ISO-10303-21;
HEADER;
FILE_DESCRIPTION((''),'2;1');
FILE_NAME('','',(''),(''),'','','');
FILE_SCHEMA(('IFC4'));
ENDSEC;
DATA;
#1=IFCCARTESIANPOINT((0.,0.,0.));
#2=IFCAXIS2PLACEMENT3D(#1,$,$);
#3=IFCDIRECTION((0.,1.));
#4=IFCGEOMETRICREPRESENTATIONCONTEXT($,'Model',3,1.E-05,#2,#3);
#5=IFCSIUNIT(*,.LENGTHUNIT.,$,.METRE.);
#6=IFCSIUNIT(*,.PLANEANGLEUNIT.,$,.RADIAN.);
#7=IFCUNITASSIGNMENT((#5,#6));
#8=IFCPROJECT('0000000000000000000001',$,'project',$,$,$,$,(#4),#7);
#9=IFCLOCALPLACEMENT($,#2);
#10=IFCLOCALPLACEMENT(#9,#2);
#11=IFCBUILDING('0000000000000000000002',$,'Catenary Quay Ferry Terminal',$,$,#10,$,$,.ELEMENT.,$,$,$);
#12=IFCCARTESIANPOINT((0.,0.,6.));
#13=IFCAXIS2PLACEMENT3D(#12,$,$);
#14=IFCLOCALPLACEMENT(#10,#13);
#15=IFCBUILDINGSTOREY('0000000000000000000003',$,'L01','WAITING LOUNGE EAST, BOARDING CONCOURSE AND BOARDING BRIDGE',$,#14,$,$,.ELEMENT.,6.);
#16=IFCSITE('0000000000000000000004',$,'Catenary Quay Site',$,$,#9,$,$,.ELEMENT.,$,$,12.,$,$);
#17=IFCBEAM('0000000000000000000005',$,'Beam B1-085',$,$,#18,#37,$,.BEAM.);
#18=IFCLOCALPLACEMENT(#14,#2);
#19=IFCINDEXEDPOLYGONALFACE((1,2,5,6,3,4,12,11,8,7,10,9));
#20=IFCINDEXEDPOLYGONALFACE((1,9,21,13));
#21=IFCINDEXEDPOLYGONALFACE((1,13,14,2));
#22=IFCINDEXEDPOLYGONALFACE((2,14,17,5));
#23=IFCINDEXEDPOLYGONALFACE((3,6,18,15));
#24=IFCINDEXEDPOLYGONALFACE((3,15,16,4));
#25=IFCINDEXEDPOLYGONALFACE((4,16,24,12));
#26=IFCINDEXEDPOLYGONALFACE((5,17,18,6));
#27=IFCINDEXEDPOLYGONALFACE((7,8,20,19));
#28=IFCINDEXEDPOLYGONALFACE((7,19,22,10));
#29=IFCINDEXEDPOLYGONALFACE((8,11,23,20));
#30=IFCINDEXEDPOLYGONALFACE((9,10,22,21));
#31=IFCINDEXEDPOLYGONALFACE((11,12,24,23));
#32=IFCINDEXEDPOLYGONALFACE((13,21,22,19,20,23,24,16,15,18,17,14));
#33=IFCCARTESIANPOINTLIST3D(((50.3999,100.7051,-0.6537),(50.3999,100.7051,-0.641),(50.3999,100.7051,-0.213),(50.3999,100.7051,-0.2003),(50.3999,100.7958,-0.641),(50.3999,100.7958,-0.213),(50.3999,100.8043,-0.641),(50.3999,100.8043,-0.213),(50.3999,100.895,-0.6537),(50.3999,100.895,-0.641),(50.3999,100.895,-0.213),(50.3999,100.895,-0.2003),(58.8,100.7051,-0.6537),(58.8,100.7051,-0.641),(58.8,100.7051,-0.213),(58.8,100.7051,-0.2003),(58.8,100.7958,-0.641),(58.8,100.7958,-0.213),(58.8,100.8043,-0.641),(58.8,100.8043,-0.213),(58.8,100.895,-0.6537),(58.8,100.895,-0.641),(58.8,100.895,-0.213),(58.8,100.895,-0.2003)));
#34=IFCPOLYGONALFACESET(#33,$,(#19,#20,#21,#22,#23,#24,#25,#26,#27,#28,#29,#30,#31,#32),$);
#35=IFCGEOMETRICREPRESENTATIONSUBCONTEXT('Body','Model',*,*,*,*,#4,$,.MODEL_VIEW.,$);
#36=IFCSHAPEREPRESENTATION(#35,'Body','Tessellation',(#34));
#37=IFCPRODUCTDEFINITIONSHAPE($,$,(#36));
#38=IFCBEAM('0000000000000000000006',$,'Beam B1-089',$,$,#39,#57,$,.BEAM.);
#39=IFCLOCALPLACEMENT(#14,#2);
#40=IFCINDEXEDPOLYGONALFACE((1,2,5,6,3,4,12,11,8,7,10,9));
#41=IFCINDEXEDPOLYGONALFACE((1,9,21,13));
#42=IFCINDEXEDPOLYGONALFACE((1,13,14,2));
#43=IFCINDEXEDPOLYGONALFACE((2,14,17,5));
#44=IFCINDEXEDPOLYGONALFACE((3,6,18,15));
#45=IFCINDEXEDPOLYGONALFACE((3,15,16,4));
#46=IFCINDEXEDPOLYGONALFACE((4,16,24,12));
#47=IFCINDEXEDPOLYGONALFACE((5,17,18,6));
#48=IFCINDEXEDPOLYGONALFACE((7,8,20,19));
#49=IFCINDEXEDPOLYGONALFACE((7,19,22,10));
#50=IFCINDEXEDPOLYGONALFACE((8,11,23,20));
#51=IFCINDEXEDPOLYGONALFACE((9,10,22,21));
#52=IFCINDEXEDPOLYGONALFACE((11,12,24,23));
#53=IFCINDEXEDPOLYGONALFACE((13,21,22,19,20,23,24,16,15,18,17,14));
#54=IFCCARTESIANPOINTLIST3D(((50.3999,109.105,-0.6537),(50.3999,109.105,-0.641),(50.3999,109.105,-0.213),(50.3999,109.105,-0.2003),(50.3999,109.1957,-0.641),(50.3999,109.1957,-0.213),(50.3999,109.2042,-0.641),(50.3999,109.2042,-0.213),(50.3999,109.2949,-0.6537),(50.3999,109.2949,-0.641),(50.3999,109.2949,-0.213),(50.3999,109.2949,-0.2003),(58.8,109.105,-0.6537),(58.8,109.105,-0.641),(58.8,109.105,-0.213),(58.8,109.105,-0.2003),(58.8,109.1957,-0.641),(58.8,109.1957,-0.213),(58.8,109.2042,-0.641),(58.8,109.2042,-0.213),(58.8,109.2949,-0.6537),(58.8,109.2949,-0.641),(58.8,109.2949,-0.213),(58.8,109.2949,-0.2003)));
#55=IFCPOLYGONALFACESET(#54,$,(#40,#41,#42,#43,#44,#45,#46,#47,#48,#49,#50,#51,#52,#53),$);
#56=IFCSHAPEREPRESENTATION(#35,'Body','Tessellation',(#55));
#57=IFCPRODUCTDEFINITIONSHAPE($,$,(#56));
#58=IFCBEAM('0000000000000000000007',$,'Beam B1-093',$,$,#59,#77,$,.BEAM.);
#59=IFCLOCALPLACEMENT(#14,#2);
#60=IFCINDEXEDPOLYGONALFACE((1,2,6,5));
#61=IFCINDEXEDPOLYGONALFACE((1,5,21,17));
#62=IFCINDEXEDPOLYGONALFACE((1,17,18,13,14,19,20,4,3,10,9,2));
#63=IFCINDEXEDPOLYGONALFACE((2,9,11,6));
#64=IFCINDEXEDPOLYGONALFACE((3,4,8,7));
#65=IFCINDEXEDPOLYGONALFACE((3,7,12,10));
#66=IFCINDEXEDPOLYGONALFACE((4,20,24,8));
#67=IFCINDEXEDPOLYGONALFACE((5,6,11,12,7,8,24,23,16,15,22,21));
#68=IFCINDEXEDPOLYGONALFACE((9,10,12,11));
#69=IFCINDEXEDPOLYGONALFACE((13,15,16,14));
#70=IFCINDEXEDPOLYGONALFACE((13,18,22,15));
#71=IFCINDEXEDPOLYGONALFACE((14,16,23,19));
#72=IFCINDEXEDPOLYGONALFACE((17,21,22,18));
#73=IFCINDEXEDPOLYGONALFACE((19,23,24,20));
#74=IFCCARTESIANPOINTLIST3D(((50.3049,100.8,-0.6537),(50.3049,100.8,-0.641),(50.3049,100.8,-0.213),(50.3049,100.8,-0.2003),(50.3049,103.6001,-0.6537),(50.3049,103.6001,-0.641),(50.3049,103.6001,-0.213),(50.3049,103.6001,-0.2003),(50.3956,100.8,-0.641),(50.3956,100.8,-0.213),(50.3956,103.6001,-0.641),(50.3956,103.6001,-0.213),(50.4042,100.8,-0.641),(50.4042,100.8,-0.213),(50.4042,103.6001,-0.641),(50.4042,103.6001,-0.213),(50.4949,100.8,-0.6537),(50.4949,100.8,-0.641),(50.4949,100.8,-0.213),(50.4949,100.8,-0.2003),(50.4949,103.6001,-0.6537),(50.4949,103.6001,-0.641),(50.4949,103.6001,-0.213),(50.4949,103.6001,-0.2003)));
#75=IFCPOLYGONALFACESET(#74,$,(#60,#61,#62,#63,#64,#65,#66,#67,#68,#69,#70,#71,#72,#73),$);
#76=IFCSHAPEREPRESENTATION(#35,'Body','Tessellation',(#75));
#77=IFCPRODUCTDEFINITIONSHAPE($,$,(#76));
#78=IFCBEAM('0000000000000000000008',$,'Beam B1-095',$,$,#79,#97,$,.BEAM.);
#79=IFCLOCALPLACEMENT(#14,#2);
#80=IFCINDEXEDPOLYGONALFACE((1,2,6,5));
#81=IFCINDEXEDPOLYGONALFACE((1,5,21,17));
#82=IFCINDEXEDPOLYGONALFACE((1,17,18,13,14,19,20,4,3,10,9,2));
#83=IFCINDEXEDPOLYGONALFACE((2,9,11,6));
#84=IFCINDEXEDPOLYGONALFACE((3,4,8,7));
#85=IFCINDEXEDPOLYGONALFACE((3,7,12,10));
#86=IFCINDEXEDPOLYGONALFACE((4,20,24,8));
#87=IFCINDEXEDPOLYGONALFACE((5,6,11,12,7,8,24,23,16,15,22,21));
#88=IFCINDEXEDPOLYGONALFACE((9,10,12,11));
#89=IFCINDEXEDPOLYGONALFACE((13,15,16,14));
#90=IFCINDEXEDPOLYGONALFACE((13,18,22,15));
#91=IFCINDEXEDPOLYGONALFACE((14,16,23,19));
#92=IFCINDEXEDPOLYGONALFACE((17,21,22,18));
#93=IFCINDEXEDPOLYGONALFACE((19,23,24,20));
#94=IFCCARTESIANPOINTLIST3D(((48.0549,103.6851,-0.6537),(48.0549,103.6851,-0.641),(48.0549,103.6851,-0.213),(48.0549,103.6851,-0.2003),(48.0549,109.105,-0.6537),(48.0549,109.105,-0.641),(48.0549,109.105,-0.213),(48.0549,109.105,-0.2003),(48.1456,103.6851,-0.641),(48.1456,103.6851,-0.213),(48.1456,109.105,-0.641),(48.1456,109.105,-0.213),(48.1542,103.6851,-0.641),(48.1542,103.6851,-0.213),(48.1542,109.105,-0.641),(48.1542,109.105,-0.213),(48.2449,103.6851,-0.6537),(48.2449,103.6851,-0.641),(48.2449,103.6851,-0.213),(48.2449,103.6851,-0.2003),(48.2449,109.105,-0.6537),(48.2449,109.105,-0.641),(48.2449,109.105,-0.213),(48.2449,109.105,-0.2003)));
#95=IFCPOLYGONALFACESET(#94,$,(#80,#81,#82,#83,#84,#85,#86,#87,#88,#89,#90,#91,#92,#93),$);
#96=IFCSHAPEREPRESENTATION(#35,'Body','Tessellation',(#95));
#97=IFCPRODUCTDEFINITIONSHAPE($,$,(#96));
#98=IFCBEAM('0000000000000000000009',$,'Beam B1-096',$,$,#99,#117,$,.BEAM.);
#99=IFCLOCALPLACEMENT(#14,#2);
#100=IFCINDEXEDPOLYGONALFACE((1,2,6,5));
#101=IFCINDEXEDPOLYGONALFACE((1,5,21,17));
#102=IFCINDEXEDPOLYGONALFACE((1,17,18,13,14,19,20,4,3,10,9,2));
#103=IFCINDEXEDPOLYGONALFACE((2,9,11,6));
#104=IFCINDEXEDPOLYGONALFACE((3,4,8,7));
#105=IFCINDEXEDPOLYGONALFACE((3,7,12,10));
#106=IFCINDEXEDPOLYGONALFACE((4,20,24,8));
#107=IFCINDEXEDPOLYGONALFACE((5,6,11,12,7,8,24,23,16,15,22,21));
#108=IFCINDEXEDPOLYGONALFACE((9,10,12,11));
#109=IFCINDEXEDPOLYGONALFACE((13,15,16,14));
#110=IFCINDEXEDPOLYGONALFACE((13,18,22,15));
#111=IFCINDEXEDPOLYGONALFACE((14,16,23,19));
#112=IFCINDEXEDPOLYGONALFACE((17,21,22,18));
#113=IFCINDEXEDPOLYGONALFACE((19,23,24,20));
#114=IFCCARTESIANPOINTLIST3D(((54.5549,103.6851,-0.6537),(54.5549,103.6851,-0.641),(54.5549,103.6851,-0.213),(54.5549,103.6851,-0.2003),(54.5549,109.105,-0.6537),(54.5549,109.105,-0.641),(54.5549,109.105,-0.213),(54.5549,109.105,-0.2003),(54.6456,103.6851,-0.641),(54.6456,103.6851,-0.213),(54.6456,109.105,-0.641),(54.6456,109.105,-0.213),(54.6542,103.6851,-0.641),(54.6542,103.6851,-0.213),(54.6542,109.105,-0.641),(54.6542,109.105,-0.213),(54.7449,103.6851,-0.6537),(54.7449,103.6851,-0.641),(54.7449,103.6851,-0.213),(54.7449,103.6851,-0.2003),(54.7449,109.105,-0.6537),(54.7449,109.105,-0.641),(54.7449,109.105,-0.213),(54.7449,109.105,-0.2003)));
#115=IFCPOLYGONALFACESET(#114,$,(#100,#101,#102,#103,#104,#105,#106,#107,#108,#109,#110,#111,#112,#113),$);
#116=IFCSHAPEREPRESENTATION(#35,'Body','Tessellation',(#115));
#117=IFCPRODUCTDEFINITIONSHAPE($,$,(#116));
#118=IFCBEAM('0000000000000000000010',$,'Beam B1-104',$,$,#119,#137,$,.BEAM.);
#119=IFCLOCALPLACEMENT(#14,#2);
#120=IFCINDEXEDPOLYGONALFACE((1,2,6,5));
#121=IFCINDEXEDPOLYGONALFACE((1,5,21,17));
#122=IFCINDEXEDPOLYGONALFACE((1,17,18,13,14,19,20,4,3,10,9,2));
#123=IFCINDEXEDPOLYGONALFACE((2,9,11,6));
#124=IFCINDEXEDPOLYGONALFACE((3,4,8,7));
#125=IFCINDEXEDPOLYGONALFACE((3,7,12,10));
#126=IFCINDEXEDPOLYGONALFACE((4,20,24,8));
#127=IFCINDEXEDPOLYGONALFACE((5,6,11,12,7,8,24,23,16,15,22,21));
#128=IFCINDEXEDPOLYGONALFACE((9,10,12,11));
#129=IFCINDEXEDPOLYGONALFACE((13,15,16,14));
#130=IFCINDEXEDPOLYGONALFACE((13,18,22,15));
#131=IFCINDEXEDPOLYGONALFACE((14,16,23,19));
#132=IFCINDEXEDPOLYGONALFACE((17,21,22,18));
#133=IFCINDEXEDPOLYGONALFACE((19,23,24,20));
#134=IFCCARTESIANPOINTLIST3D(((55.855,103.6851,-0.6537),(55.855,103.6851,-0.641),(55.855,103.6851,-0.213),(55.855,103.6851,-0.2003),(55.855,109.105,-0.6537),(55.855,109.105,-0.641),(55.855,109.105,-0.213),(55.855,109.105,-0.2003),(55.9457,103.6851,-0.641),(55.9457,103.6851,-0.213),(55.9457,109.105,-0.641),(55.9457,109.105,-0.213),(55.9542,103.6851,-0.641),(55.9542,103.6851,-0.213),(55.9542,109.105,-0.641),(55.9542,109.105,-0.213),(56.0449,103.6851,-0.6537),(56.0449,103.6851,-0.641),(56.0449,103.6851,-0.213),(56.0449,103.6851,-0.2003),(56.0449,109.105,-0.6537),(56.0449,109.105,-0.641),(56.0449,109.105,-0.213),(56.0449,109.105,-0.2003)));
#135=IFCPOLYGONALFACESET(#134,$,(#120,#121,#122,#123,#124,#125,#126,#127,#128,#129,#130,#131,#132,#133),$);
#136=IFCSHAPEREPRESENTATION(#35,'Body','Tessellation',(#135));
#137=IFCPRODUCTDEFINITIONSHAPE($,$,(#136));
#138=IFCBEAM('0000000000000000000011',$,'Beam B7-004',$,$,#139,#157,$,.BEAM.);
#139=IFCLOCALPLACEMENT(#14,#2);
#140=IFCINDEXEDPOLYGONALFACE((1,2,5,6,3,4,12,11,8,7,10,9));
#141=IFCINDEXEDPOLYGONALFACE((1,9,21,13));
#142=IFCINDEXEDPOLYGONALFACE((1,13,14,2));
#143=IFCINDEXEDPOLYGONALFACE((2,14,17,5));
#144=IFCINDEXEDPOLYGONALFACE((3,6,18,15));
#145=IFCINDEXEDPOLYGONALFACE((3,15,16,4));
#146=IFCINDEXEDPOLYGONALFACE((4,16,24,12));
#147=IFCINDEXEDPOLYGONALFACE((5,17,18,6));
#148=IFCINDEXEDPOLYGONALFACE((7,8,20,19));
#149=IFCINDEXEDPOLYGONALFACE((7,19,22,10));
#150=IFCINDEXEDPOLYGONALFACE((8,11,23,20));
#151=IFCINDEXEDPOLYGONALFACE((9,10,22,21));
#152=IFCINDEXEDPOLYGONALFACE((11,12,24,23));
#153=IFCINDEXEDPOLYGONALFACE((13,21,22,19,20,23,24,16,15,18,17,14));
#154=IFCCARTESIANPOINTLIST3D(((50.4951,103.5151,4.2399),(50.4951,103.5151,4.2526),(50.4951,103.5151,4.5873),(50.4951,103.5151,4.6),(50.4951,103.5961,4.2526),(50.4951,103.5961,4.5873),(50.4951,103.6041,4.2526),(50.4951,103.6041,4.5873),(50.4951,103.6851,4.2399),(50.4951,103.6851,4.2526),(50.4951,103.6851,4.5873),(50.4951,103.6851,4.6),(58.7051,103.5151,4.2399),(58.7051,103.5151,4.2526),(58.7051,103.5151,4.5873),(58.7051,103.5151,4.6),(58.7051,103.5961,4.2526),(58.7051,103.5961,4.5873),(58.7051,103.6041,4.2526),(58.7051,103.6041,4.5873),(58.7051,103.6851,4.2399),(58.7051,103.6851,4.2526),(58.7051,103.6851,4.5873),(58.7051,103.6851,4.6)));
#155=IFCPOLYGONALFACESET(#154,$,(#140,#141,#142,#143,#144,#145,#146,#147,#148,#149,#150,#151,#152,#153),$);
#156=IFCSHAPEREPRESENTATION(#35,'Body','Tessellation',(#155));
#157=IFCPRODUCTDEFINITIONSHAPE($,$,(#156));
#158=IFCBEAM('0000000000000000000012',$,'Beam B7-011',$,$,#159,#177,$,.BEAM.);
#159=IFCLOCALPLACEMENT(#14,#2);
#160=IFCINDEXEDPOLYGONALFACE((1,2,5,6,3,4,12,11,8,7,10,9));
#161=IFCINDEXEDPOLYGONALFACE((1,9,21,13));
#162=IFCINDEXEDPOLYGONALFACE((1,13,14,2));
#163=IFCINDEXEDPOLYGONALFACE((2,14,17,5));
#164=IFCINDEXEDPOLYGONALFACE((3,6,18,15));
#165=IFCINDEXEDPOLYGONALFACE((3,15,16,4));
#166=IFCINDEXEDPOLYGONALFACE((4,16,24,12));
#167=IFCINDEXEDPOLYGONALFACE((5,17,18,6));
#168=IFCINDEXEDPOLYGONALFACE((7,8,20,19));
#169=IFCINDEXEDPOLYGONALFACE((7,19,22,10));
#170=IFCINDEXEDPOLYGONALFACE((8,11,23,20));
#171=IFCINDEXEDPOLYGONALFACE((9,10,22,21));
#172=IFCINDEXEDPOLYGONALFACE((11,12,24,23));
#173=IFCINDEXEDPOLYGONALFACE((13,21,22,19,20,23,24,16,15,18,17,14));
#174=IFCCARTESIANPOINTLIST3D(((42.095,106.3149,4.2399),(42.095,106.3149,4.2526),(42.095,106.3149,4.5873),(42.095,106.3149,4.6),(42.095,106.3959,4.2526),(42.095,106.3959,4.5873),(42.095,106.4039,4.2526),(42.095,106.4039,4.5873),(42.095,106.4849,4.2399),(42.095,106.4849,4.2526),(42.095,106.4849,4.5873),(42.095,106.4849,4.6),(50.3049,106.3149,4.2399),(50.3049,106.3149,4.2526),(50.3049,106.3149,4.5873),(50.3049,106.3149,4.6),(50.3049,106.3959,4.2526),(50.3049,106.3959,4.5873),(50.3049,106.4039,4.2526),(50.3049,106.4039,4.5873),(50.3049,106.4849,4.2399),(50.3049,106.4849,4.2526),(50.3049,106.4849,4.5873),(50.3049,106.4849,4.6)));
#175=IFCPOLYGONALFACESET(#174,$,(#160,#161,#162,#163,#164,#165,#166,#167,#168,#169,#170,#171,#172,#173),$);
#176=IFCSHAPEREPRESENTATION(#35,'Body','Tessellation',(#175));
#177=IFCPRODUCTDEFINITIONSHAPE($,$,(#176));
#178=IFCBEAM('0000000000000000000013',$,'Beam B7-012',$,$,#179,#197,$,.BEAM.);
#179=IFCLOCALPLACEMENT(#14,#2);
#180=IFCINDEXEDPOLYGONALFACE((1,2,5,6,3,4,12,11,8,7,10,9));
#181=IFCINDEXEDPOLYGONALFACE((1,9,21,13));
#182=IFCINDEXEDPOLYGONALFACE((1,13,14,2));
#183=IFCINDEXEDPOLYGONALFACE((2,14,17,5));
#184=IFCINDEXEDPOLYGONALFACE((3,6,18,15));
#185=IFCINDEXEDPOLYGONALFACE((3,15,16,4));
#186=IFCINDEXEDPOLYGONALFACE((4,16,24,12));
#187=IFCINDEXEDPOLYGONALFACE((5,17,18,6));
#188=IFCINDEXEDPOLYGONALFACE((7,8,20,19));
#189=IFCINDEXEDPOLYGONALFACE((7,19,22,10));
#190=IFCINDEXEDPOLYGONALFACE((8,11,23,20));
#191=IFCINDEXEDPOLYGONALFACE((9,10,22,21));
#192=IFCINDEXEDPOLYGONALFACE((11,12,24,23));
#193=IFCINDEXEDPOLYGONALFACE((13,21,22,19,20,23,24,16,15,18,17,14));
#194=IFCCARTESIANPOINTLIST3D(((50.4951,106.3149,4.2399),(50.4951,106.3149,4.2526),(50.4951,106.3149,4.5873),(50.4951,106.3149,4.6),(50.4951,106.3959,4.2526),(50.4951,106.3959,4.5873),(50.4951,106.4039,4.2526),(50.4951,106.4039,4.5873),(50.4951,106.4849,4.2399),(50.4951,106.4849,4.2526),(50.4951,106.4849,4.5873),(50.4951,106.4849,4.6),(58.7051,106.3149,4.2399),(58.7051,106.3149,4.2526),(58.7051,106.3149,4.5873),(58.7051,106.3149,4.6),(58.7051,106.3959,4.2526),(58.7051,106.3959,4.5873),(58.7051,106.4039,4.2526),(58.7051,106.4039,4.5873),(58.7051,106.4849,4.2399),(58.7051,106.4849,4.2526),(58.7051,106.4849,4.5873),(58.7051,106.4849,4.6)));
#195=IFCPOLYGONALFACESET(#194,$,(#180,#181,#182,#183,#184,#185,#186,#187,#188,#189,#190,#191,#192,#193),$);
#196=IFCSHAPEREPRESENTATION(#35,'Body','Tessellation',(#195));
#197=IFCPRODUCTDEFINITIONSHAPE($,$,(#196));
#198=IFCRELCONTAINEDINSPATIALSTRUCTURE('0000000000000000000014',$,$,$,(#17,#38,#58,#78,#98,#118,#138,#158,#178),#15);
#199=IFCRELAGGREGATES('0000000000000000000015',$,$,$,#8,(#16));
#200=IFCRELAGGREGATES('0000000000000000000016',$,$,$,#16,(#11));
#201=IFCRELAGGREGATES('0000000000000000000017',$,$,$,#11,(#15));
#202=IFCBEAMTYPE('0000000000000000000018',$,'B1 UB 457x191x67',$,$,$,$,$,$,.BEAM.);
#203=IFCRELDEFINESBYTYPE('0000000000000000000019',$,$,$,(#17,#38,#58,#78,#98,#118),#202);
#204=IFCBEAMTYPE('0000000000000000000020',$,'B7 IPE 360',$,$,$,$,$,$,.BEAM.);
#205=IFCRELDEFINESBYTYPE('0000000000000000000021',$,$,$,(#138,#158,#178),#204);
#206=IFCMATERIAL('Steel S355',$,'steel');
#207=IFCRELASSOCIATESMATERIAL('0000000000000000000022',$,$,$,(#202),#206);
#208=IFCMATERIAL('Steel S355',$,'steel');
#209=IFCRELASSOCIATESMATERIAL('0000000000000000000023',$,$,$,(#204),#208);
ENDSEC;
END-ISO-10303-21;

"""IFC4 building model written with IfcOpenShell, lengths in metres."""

from ifc_helpers import new_model, si_unit, direction, frame, origin, origin_2d, place, context, subcontext, project, spatial, i_section, extrude, material, material_profile, profile_set, type_object, element, save


model = new_model("IFC4")

# Units and contexts
model_context = context("Model", 3, precision=1e-05, world=origin(), true_north=direction((0.0, 1.0)))
body_context = subcontext(model_context, "Body", "Model", "MODEL_VIEW")
ifc_project = project(units=[si_unit("LENGTHUNIT", "METRE"), si_unit("PLANEANGLEUNIT", "RADIAN")], contexts=[model_context])

# Site, building, storey
site_placement = place(None, origin())
site = spatial("IfcSite", under=ifc_project, at=site_placement, Name="Catenary Quay Site", CompositionType="ELEMENT", RefElevation=12.0)
building_placement = place(site_placement, origin())
building = spatial("IfcBuilding", under=site, at=building_placement, Name="Catenary Quay Ferry Terminal", CompositionType="ELEMENT")
storey_placement = place(building_placement, frame((0.0, 0.0, 6.0)))
storey = spatial("IfcBuildingStorey", under=building, at=storey_placement, Name="L01", Description="WAITING LOUNGE EAST, BOARDING CONCOURSE AND BOARDING BRIDGE", CompositionType="ELEMENT", Elevation=6.0)

# Beams
ifc_material_1 = material(Name="Steel S355", Category="steel")
ifc_material_profile_1 = material_profile(ifc_material_1, i_section(OverallWidth=0.1899, OverallDepth=0.4534, WebThickness=0.0085, FlangeThickness=0.0127, at=origin_2d()), Name="UB 457x191x67")
ifc_profile_set_1 = profile_set([ifc_material_profile_1], Name="Steel S355")
beam_type_1 = type_object("IfcBeamType", Name="B1 UB 457x191x67", PredefinedType="BEAM", material=ifc_profile_set_1)
for number, where, z_axis, x_axis, name in (
    (1, (50.3999, 100.8, -0.427), (1.0, 0.0, 0.0), (0.0, 1.0, 0.0), "Beam B1-085"),
    (2, (50.3999, 109.2, -0.427), (1.0, 0.0, 0.0), (0.0, 1.0, 0.0), "Beam B1-089"),
):
    element("IfcBeam", number, at=place(storey_placement, frame(where, z_axis=z_axis, x_axis=x_axis)), inside=storey, type_object=beam_type_1, Name=name, PredefinedType="BEAM", context=body_context, shape_type="SweptSolid", body=[
        extrude(i_section(OverallWidth=0.1899, OverallDepth=0.4534, WebThickness=0.0085, FlangeThickness=0.0127, at=origin_2d()), origin(), (0.0, 0.0, 1.0), 8.4001),
    ])
beam_1_placement = place(storey_placement, frame((50.3999, 100.8, -0.427), z_axis=(0.0, 1.0, 0.0), x_axis=(-1.0, 0.0, 0.0)))
element("IfcBeam", 3, at=beam_1_placement, inside=storey, type_object=beam_type_1, Name="Beam B1-093", PredefinedType="BEAM", context=body_context, shape_type="SweptSolid", body=[
    extrude(i_section(OverallWidth=0.1899, OverallDepth=0.4534, WebThickness=0.0085, FlangeThickness=0.0127, at=origin_2d()), origin(), (0.0, 0.0, 1.0), 2.8),
])
for number, where, z_axis, x_axis, name in (
    (4, (48.1499, 103.6851, -0.427), (0.0, 1.0, 0.0), (-1.0, 0.0, 0.0), "Beam B1-095"),
    (5, (54.6499, 103.6851, -0.427), (0.0, 1.0, 0.0), (-1.0, 0.0, 0.0), "Beam B1-096"),
    (6, (55.95, 103.6851, -0.427), (0.0, 1.0, 0.0), (-1.0, 0.0, 0.0), "Beam B1-104"),
):
    element("IfcBeam", number, at=place(storey_placement, frame(where, z_axis=z_axis, x_axis=x_axis)), inside=storey, type_object=beam_type_1, Name=name, PredefinedType="BEAM", context=body_context, shape_type="SweptSolid", body=[
        extrude(i_section(OverallWidth=0.1899, OverallDepth=0.4534, WebThickness=0.0085, FlangeThickness=0.0127, at=origin_2d()), origin(), (0.0, 0.0, 1.0), 5.4199),
    ])
ifc_material_2 = material(Name="Steel S355", Category="steel")
ifc_material_profile_2 = material_profile(ifc_material_2, i_section(OverallWidth=0.1699, OverallDepth=0.3601, WebThickness=0.0081, FlangeThickness=0.0127, at=origin_2d()), Name="IPE 360")
ifc_profile_set_2 = profile_set([ifc_material_profile_2], Name="Steel S355")
beam_type_2 = type_object("IfcBeamType", Name="B7 IPE 360", PredefinedType="BEAM", material=ifc_profile_set_2)
for number, where, z_axis, x_axis, name in (
    (7, (50.4951, 103.6001, 4.4199), (1.0, 0.0, 0.0), (0.0, 1.0, 0.0), "Beam B7-004"),
    (8, (42.095, 106.3999, 4.4199), (1.0, 0.0, 0.0), (0.0, 1.0, 0.0), "Beam B7-011"),
    (9, (50.4951, 106.3999, 4.4199), (1.0, 0.0, 0.0), (0.0, 1.0, 0.0), "Beam B7-012"),
):
    element("IfcBeam", number, at=place(storey_placement, frame(where, z_axis=z_axis, x_axis=x_axis)), inside=storey, type_object=beam_type_2, Name=name, PredefinedType="BEAM", context=body_context, shape_type="SweptSolid", body=[
        extrude(i_section(OverallWidth=0.1699, OverallDepth=0.3601, WebThickness=0.0081, FlangeThickness=0.0127, at=origin_2d()), origin(), (0.0, 0.0, 1.0), 8.21),
    ])

save(model, "model.ifc")
